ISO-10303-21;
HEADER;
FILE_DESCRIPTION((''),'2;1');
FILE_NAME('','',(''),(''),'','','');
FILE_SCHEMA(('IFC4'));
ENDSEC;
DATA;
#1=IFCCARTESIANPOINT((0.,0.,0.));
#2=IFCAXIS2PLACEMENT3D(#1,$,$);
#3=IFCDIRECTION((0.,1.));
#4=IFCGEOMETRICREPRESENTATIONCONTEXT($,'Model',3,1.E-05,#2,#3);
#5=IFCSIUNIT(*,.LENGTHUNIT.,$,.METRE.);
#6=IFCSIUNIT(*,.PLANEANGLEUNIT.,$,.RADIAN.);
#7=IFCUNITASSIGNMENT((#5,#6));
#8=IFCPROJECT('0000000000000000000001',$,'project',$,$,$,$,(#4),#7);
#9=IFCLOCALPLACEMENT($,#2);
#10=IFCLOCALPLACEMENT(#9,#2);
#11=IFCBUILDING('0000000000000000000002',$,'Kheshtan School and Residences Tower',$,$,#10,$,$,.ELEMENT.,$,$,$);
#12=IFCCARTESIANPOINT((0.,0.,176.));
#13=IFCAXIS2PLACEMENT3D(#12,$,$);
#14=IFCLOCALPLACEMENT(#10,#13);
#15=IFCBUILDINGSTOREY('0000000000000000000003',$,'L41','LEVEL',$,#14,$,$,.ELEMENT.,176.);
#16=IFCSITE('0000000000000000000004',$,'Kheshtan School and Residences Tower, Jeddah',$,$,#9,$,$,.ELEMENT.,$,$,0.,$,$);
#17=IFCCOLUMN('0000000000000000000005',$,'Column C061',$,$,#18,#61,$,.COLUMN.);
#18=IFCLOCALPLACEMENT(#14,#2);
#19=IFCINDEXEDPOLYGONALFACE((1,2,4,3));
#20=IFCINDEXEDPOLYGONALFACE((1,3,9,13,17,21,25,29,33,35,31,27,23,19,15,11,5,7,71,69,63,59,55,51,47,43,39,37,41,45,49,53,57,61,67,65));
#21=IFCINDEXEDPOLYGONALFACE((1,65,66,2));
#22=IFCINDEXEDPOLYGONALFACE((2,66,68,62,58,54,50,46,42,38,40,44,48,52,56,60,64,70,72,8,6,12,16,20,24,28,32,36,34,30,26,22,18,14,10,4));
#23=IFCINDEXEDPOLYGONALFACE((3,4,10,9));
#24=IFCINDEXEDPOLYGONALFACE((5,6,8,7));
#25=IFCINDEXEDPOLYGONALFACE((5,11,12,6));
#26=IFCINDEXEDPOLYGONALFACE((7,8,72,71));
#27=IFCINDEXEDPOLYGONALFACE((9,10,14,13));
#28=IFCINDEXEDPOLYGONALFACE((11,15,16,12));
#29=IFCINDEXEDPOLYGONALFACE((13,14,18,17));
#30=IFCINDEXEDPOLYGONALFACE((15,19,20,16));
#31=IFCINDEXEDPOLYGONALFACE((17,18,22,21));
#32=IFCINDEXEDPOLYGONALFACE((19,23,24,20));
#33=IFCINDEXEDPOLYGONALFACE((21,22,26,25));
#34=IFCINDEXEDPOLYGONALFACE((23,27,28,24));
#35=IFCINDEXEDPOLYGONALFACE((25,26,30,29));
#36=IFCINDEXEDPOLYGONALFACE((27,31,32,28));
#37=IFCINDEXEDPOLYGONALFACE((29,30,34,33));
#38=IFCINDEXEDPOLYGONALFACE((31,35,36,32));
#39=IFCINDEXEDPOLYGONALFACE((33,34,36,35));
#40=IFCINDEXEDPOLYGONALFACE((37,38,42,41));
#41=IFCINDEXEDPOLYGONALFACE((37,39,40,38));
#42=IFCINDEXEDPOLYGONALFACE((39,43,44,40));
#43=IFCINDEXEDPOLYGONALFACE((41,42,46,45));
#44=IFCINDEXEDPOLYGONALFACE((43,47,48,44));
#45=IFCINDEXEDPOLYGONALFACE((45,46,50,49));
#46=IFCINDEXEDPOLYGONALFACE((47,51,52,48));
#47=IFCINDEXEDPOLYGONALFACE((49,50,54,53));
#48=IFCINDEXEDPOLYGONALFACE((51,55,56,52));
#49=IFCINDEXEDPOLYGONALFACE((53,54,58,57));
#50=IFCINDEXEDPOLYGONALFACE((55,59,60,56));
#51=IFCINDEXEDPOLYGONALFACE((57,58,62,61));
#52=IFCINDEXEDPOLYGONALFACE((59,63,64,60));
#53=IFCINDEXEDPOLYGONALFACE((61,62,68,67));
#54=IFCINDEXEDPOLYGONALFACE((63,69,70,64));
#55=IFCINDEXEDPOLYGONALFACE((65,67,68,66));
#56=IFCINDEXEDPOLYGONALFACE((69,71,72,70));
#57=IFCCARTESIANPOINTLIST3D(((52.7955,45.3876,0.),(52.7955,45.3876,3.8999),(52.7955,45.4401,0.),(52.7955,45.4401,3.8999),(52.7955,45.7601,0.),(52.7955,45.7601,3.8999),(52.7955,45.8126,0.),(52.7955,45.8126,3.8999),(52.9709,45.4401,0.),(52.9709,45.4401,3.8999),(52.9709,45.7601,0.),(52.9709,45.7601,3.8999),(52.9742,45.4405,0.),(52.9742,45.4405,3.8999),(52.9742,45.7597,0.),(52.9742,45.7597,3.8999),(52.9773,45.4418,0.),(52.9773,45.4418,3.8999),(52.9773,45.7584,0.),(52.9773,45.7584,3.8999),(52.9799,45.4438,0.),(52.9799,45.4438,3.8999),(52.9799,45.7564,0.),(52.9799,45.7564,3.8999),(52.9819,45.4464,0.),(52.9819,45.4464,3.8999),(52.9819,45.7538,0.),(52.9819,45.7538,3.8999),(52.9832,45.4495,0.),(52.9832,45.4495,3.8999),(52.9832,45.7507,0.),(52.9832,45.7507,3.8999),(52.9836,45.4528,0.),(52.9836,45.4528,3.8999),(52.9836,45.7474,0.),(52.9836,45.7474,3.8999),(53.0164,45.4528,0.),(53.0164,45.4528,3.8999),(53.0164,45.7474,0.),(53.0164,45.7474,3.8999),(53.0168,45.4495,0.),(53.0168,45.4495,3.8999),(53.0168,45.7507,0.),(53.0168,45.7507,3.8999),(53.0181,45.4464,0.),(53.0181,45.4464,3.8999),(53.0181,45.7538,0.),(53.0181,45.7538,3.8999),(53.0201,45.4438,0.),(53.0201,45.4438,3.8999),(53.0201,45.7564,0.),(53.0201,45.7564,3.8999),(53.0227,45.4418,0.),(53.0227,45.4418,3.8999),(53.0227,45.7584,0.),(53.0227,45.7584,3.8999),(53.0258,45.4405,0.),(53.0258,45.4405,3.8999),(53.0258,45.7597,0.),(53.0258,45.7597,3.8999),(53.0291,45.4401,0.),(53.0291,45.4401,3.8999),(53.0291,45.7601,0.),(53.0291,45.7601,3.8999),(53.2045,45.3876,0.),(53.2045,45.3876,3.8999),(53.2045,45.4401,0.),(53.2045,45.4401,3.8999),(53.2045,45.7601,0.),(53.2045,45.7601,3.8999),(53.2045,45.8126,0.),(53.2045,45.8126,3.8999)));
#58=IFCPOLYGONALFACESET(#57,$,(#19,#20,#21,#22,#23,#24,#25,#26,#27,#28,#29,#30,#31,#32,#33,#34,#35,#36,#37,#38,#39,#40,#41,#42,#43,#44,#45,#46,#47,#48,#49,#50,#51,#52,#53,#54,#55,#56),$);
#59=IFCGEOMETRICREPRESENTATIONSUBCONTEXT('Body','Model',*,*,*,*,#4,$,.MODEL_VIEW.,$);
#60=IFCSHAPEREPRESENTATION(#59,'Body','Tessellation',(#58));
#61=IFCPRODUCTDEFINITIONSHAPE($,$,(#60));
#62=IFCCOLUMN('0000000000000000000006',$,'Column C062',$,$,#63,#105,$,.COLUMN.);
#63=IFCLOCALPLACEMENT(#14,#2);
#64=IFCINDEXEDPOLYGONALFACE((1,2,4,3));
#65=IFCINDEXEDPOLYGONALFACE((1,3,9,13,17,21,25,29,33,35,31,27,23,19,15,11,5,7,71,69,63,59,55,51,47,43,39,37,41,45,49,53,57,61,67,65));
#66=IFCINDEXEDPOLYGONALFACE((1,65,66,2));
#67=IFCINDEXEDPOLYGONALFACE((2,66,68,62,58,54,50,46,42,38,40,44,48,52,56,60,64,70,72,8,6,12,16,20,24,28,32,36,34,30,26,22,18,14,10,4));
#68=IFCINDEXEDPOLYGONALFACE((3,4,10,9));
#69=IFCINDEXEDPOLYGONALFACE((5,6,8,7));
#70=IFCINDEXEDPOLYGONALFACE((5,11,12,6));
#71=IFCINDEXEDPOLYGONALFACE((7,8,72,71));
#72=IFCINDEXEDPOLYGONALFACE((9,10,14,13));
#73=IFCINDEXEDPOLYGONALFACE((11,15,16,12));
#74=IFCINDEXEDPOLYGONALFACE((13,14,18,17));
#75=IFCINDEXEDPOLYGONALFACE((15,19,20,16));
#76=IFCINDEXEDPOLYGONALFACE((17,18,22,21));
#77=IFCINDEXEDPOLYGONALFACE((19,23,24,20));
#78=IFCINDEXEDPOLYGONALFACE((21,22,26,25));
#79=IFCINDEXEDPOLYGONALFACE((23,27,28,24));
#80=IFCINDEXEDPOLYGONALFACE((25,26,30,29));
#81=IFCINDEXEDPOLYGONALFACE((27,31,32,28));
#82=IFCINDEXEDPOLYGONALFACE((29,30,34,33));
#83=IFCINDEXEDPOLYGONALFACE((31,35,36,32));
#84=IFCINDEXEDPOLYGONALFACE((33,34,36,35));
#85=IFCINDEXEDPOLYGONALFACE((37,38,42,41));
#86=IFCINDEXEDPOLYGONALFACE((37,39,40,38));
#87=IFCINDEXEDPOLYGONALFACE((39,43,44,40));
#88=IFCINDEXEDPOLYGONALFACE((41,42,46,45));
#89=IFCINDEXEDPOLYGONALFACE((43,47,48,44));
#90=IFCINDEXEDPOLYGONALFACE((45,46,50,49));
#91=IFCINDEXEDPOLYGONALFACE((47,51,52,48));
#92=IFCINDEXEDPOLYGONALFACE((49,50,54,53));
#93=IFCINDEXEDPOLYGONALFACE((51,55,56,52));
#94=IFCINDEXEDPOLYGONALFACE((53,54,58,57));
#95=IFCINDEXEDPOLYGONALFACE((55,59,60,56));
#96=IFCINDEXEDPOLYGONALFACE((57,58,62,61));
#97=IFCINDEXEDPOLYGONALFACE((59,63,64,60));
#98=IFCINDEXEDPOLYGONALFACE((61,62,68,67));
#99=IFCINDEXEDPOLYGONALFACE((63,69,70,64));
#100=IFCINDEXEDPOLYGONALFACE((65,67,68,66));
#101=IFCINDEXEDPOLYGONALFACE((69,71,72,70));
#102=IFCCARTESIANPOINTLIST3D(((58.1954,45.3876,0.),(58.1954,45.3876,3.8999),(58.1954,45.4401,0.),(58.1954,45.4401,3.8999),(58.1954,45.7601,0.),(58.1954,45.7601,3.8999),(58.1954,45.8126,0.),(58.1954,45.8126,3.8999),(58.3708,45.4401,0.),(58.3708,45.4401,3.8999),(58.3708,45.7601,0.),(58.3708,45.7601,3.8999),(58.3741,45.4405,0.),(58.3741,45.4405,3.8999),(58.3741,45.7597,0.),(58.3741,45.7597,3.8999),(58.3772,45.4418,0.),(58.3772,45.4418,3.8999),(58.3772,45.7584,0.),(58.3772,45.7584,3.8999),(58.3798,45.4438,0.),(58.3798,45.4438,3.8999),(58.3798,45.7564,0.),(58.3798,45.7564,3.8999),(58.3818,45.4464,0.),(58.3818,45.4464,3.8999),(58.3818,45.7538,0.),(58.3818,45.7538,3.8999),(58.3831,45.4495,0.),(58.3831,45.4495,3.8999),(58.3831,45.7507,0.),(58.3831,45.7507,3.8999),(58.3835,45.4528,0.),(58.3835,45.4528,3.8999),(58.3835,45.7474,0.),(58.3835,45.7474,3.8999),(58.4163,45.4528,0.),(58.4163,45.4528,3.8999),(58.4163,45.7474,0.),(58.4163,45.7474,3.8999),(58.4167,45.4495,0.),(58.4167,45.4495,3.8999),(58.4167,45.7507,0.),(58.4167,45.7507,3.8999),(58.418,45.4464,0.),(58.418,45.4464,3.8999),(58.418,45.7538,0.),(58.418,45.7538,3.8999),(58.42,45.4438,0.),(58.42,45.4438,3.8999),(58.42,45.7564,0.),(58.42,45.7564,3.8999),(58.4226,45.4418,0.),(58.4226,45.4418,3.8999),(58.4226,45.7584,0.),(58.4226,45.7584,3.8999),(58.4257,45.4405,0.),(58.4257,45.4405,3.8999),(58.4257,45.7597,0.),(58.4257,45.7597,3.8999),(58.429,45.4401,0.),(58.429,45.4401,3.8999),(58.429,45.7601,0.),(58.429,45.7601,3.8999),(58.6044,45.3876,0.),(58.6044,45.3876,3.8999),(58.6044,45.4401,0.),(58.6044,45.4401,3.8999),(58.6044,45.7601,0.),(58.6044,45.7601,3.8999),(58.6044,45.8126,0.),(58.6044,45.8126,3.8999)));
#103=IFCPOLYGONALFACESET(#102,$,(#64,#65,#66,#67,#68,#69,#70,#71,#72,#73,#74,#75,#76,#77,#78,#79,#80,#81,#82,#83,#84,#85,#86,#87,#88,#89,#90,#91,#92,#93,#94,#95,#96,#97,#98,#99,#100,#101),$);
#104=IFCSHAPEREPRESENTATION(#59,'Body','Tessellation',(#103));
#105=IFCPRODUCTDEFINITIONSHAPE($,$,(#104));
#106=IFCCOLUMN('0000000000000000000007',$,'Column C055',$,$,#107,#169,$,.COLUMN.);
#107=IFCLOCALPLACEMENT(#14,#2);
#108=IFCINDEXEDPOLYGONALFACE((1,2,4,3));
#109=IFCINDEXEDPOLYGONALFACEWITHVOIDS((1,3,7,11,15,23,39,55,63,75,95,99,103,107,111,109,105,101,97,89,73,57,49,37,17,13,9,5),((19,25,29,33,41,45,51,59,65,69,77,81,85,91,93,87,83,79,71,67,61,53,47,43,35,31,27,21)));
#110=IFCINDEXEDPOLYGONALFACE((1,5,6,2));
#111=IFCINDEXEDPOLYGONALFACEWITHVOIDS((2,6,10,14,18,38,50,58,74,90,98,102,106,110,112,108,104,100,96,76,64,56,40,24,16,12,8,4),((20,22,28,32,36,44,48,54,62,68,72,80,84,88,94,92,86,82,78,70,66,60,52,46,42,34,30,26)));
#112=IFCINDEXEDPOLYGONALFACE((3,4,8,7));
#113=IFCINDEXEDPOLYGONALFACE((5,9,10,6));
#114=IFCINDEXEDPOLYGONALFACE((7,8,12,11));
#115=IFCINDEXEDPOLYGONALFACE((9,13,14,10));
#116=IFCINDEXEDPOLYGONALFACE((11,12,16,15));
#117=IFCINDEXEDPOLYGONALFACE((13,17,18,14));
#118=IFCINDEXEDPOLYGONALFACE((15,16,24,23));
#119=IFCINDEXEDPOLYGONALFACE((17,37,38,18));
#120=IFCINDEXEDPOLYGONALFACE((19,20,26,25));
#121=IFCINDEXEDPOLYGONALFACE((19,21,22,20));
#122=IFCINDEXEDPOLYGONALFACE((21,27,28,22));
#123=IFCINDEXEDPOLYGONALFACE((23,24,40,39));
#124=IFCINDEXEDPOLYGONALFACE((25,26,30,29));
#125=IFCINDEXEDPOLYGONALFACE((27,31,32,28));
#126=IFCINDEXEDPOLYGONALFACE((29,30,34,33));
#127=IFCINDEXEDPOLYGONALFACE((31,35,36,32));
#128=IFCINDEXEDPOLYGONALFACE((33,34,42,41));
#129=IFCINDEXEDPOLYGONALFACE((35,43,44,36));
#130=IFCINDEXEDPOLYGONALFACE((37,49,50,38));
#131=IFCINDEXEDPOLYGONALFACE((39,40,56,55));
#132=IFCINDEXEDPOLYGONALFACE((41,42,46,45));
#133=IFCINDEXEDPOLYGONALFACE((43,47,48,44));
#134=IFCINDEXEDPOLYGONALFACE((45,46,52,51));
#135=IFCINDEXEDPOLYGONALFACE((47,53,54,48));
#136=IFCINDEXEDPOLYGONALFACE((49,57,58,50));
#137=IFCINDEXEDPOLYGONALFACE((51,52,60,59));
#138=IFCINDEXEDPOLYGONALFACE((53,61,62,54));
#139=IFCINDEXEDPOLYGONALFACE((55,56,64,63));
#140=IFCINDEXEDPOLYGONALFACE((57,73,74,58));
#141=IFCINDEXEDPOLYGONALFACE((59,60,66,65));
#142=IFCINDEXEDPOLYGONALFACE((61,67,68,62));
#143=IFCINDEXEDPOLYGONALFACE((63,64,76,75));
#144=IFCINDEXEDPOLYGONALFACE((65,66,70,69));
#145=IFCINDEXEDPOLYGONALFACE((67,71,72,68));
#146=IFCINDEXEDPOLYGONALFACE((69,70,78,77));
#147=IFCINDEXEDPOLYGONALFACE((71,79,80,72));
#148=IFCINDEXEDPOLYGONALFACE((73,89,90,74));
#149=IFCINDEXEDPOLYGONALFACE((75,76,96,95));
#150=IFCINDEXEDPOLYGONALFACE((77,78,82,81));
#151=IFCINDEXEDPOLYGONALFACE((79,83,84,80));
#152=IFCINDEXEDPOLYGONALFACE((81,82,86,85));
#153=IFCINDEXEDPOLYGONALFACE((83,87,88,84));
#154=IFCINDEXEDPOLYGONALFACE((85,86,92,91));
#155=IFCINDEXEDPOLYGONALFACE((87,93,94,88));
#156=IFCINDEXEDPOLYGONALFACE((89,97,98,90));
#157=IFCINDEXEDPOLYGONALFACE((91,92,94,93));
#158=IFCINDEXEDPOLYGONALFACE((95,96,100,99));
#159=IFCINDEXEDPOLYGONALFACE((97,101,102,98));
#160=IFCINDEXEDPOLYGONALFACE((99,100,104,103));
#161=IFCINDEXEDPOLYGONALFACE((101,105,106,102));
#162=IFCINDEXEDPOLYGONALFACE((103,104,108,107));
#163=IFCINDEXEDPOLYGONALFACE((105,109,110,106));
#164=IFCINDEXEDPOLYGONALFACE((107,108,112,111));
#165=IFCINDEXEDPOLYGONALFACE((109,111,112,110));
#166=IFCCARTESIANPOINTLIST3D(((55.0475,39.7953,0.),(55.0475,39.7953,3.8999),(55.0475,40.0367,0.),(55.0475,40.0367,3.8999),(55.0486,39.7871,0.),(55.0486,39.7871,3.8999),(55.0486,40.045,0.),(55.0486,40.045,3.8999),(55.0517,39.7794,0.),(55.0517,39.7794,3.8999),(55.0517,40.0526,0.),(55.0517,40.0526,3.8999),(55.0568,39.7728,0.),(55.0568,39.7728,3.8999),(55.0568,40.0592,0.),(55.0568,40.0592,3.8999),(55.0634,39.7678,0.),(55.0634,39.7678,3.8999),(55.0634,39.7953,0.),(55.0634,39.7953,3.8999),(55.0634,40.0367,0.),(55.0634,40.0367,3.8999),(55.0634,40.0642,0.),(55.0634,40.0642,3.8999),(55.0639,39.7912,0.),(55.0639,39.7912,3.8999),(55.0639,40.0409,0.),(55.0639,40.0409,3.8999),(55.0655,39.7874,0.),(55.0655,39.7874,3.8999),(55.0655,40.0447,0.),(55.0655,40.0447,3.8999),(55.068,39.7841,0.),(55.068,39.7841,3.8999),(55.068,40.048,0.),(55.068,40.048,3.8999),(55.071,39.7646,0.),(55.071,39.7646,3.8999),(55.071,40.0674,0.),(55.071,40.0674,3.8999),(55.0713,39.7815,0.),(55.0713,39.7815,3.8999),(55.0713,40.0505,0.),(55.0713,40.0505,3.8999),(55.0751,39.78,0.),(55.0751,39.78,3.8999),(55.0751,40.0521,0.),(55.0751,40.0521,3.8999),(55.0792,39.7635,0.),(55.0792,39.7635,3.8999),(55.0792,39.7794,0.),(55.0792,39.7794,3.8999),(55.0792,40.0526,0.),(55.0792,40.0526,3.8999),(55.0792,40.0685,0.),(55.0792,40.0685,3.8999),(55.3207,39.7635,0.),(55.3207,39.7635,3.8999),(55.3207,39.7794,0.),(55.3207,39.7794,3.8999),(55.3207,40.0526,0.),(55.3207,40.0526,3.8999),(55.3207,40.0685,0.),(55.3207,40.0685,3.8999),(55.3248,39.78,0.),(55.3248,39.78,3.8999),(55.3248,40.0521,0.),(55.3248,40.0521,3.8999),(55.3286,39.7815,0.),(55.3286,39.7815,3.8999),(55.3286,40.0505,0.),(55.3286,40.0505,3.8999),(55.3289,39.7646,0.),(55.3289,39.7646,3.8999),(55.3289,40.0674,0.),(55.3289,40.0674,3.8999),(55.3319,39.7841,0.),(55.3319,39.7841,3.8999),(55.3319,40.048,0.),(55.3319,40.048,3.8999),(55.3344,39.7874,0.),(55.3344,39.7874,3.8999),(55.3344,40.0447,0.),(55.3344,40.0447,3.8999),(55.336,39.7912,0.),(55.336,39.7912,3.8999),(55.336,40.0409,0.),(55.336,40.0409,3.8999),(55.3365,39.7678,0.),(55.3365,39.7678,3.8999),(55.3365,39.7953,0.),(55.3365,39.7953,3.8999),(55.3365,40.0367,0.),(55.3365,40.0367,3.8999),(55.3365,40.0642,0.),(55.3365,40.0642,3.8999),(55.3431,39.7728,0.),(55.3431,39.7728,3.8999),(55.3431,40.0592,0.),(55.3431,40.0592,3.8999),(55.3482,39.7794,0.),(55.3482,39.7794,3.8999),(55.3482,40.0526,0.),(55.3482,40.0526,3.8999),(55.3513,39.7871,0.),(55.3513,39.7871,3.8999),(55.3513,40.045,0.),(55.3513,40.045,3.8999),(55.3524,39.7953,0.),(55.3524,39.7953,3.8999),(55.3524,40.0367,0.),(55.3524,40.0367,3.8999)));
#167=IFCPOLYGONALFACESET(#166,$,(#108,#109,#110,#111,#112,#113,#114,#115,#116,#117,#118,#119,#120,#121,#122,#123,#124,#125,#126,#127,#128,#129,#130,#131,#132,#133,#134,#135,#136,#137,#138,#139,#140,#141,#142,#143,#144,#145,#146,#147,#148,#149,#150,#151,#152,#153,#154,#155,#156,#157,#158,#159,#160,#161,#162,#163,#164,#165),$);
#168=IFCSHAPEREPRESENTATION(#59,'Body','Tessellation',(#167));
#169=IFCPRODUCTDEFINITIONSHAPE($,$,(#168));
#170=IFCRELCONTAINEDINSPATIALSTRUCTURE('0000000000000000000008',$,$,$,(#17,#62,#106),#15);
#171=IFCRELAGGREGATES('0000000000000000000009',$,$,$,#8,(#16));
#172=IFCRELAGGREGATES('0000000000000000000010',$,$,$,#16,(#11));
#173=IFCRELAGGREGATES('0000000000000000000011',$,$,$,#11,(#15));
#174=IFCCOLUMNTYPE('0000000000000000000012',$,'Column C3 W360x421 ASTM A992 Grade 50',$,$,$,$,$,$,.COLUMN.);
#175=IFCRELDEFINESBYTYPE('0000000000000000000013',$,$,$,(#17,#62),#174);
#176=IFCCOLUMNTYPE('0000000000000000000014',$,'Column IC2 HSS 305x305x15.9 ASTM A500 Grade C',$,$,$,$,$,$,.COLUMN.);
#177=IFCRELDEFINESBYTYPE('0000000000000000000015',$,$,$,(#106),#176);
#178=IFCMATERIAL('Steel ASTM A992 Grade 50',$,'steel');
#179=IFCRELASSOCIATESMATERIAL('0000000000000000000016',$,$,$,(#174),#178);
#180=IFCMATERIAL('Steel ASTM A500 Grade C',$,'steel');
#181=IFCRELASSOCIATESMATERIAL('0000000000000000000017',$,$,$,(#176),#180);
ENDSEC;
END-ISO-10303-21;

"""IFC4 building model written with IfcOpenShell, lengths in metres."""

from ifc_helpers import new_model, si_unit, direction, frame, origin, origin_2d, place, context, subcontext, project, spatial, hollow_rectangle, i_section, extrude, material, material_profile, profile_set, type_object, element, save


model = new_model("IFC4")

# Units and contexts
model_context = context("Model", 3, precision=1e-05, world=origin(), true_north=direction((0.0, 1.0)))
body_context = subcontext(model_context, "Body", "Model", "MODEL_VIEW")
ifc_project = project(units=[si_unit("LENGTHUNIT", "METRE"), si_unit("PLANEANGLEUNIT", "RADIAN")], contexts=[model_context])

# Site, building, storey
site_placement = place(None, origin())
site = spatial("IfcSite", under=ifc_project, at=site_placement, Name="Kheshtan School and Residences Tower, Jeddah", CompositionType="ELEMENT", RefElevation=0.0)
building_placement = place(site_placement, origin())
building = spatial("IfcBuilding", under=site, at=building_placement, Name="Kheshtan School and Residences Tower", CompositionType="ELEMENT")
storey_placement = place(building_placement, frame((0.0, 0.0, 176.0)))
storey = spatial("IfcBuildingStorey", under=building, at=storey_placement, Name="L41", Description="LEVEL", CompositionType="ELEMENT", Elevation=176.0)

# Columns
ifc_material_1 = material(Name="Steel ASTM A992 Grade 50", Category="steel")
ifc_material_profile_1 = material_profile(ifc_material_1, i_section(OverallWidth=0.4089, OverallDepth=0.425, WebThickness=0.0327, FlangeThickness=0.0525, FilletRadius=0.0127, at=origin_2d()), Name="W360x421")
ifc_profile_set_1 = profile_set([ifc_material_profile_1], Name="Steel ASTM A992 Grade 50")
column_type_1 = type_object("IfcColumnType", Name="Column C3 W360x421 ASTM A992 Grade 50", PredefinedType="COLUMN", material=ifc_profile_set_1)
for number, where, z_axis, x_axis, name in (
    (1, (53.0, 45.6001, 0.0), (0.0, 0.0, 1.0), (1.0, 0.0, 0.0), "Column C061"),
    (2, (58.3999, 45.6001, 0.0), (0.0, 0.0, 1.0), (1.0, 0.0, 0.0), "Column C062"),
):
    element("IfcColumn", number, at=place(storey_placement, frame(where, z_axis=z_axis, x_axis=x_axis)), inside=storey, type_object=column_type_1, Name=name, PredefinedType="COLUMN", context=body_context, shape_type="SweptSolid", body=[
        extrude(i_section(OverallWidth=0.4089, OverallDepth=0.425, WebThickness=0.0327, FlangeThickness=0.0525, FilletRadius=0.0127, at=origin_2d()), origin(), (0.0, 0.0, 1.0), 3.8999),
    ])
ifc_material_2 = material(Name="Steel ASTM A500 Grade C", Category="steel")
ifc_material_profile_2 = material_profile(ifc_material_2, hollow_rectangle(XDim=0.3049, YDim=0.3049, WallThickness=0.0159, InnerFilletRadius=0.0159, OuterFilletRadius=0.0317, at=origin_2d()), Name="HSS 305x305x15.9")
ifc_profile_set_2 = profile_set([ifc_material_profile_2], Name="Steel ASTM A500 Grade C")
column_type_2 = type_object("IfcColumnType", Name="Column IC2 HSS 305x305x15.9 ASTM A500 Grade C", PredefinedType="COLUMN", material=ifc_profile_set_2)
column_placement = place(storey_placement, frame((55.2, 39.916, 0.0), z_axis=(0.0, 0.0, 1.0), x_axis=(1.0, 0.0, 0.0)))
element("IfcColumn", 3, at=column_placement, inside=storey, type_object=column_type_2, Name="Column C055", PredefinedType="COLUMN", context=body_context, shape_type="SweptSolid", body=[
    extrude(hollow_rectangle(XDim=0.3049, YDim=0.3049, WallThickness=0.0159, InnerFilletRadius=0.0159, OuterFilletRadius=0.0317, at=origin_2d()), origin(), (0.0, 0.0, 1.0), 3.8999),
])

save(model, "model.ifc")
